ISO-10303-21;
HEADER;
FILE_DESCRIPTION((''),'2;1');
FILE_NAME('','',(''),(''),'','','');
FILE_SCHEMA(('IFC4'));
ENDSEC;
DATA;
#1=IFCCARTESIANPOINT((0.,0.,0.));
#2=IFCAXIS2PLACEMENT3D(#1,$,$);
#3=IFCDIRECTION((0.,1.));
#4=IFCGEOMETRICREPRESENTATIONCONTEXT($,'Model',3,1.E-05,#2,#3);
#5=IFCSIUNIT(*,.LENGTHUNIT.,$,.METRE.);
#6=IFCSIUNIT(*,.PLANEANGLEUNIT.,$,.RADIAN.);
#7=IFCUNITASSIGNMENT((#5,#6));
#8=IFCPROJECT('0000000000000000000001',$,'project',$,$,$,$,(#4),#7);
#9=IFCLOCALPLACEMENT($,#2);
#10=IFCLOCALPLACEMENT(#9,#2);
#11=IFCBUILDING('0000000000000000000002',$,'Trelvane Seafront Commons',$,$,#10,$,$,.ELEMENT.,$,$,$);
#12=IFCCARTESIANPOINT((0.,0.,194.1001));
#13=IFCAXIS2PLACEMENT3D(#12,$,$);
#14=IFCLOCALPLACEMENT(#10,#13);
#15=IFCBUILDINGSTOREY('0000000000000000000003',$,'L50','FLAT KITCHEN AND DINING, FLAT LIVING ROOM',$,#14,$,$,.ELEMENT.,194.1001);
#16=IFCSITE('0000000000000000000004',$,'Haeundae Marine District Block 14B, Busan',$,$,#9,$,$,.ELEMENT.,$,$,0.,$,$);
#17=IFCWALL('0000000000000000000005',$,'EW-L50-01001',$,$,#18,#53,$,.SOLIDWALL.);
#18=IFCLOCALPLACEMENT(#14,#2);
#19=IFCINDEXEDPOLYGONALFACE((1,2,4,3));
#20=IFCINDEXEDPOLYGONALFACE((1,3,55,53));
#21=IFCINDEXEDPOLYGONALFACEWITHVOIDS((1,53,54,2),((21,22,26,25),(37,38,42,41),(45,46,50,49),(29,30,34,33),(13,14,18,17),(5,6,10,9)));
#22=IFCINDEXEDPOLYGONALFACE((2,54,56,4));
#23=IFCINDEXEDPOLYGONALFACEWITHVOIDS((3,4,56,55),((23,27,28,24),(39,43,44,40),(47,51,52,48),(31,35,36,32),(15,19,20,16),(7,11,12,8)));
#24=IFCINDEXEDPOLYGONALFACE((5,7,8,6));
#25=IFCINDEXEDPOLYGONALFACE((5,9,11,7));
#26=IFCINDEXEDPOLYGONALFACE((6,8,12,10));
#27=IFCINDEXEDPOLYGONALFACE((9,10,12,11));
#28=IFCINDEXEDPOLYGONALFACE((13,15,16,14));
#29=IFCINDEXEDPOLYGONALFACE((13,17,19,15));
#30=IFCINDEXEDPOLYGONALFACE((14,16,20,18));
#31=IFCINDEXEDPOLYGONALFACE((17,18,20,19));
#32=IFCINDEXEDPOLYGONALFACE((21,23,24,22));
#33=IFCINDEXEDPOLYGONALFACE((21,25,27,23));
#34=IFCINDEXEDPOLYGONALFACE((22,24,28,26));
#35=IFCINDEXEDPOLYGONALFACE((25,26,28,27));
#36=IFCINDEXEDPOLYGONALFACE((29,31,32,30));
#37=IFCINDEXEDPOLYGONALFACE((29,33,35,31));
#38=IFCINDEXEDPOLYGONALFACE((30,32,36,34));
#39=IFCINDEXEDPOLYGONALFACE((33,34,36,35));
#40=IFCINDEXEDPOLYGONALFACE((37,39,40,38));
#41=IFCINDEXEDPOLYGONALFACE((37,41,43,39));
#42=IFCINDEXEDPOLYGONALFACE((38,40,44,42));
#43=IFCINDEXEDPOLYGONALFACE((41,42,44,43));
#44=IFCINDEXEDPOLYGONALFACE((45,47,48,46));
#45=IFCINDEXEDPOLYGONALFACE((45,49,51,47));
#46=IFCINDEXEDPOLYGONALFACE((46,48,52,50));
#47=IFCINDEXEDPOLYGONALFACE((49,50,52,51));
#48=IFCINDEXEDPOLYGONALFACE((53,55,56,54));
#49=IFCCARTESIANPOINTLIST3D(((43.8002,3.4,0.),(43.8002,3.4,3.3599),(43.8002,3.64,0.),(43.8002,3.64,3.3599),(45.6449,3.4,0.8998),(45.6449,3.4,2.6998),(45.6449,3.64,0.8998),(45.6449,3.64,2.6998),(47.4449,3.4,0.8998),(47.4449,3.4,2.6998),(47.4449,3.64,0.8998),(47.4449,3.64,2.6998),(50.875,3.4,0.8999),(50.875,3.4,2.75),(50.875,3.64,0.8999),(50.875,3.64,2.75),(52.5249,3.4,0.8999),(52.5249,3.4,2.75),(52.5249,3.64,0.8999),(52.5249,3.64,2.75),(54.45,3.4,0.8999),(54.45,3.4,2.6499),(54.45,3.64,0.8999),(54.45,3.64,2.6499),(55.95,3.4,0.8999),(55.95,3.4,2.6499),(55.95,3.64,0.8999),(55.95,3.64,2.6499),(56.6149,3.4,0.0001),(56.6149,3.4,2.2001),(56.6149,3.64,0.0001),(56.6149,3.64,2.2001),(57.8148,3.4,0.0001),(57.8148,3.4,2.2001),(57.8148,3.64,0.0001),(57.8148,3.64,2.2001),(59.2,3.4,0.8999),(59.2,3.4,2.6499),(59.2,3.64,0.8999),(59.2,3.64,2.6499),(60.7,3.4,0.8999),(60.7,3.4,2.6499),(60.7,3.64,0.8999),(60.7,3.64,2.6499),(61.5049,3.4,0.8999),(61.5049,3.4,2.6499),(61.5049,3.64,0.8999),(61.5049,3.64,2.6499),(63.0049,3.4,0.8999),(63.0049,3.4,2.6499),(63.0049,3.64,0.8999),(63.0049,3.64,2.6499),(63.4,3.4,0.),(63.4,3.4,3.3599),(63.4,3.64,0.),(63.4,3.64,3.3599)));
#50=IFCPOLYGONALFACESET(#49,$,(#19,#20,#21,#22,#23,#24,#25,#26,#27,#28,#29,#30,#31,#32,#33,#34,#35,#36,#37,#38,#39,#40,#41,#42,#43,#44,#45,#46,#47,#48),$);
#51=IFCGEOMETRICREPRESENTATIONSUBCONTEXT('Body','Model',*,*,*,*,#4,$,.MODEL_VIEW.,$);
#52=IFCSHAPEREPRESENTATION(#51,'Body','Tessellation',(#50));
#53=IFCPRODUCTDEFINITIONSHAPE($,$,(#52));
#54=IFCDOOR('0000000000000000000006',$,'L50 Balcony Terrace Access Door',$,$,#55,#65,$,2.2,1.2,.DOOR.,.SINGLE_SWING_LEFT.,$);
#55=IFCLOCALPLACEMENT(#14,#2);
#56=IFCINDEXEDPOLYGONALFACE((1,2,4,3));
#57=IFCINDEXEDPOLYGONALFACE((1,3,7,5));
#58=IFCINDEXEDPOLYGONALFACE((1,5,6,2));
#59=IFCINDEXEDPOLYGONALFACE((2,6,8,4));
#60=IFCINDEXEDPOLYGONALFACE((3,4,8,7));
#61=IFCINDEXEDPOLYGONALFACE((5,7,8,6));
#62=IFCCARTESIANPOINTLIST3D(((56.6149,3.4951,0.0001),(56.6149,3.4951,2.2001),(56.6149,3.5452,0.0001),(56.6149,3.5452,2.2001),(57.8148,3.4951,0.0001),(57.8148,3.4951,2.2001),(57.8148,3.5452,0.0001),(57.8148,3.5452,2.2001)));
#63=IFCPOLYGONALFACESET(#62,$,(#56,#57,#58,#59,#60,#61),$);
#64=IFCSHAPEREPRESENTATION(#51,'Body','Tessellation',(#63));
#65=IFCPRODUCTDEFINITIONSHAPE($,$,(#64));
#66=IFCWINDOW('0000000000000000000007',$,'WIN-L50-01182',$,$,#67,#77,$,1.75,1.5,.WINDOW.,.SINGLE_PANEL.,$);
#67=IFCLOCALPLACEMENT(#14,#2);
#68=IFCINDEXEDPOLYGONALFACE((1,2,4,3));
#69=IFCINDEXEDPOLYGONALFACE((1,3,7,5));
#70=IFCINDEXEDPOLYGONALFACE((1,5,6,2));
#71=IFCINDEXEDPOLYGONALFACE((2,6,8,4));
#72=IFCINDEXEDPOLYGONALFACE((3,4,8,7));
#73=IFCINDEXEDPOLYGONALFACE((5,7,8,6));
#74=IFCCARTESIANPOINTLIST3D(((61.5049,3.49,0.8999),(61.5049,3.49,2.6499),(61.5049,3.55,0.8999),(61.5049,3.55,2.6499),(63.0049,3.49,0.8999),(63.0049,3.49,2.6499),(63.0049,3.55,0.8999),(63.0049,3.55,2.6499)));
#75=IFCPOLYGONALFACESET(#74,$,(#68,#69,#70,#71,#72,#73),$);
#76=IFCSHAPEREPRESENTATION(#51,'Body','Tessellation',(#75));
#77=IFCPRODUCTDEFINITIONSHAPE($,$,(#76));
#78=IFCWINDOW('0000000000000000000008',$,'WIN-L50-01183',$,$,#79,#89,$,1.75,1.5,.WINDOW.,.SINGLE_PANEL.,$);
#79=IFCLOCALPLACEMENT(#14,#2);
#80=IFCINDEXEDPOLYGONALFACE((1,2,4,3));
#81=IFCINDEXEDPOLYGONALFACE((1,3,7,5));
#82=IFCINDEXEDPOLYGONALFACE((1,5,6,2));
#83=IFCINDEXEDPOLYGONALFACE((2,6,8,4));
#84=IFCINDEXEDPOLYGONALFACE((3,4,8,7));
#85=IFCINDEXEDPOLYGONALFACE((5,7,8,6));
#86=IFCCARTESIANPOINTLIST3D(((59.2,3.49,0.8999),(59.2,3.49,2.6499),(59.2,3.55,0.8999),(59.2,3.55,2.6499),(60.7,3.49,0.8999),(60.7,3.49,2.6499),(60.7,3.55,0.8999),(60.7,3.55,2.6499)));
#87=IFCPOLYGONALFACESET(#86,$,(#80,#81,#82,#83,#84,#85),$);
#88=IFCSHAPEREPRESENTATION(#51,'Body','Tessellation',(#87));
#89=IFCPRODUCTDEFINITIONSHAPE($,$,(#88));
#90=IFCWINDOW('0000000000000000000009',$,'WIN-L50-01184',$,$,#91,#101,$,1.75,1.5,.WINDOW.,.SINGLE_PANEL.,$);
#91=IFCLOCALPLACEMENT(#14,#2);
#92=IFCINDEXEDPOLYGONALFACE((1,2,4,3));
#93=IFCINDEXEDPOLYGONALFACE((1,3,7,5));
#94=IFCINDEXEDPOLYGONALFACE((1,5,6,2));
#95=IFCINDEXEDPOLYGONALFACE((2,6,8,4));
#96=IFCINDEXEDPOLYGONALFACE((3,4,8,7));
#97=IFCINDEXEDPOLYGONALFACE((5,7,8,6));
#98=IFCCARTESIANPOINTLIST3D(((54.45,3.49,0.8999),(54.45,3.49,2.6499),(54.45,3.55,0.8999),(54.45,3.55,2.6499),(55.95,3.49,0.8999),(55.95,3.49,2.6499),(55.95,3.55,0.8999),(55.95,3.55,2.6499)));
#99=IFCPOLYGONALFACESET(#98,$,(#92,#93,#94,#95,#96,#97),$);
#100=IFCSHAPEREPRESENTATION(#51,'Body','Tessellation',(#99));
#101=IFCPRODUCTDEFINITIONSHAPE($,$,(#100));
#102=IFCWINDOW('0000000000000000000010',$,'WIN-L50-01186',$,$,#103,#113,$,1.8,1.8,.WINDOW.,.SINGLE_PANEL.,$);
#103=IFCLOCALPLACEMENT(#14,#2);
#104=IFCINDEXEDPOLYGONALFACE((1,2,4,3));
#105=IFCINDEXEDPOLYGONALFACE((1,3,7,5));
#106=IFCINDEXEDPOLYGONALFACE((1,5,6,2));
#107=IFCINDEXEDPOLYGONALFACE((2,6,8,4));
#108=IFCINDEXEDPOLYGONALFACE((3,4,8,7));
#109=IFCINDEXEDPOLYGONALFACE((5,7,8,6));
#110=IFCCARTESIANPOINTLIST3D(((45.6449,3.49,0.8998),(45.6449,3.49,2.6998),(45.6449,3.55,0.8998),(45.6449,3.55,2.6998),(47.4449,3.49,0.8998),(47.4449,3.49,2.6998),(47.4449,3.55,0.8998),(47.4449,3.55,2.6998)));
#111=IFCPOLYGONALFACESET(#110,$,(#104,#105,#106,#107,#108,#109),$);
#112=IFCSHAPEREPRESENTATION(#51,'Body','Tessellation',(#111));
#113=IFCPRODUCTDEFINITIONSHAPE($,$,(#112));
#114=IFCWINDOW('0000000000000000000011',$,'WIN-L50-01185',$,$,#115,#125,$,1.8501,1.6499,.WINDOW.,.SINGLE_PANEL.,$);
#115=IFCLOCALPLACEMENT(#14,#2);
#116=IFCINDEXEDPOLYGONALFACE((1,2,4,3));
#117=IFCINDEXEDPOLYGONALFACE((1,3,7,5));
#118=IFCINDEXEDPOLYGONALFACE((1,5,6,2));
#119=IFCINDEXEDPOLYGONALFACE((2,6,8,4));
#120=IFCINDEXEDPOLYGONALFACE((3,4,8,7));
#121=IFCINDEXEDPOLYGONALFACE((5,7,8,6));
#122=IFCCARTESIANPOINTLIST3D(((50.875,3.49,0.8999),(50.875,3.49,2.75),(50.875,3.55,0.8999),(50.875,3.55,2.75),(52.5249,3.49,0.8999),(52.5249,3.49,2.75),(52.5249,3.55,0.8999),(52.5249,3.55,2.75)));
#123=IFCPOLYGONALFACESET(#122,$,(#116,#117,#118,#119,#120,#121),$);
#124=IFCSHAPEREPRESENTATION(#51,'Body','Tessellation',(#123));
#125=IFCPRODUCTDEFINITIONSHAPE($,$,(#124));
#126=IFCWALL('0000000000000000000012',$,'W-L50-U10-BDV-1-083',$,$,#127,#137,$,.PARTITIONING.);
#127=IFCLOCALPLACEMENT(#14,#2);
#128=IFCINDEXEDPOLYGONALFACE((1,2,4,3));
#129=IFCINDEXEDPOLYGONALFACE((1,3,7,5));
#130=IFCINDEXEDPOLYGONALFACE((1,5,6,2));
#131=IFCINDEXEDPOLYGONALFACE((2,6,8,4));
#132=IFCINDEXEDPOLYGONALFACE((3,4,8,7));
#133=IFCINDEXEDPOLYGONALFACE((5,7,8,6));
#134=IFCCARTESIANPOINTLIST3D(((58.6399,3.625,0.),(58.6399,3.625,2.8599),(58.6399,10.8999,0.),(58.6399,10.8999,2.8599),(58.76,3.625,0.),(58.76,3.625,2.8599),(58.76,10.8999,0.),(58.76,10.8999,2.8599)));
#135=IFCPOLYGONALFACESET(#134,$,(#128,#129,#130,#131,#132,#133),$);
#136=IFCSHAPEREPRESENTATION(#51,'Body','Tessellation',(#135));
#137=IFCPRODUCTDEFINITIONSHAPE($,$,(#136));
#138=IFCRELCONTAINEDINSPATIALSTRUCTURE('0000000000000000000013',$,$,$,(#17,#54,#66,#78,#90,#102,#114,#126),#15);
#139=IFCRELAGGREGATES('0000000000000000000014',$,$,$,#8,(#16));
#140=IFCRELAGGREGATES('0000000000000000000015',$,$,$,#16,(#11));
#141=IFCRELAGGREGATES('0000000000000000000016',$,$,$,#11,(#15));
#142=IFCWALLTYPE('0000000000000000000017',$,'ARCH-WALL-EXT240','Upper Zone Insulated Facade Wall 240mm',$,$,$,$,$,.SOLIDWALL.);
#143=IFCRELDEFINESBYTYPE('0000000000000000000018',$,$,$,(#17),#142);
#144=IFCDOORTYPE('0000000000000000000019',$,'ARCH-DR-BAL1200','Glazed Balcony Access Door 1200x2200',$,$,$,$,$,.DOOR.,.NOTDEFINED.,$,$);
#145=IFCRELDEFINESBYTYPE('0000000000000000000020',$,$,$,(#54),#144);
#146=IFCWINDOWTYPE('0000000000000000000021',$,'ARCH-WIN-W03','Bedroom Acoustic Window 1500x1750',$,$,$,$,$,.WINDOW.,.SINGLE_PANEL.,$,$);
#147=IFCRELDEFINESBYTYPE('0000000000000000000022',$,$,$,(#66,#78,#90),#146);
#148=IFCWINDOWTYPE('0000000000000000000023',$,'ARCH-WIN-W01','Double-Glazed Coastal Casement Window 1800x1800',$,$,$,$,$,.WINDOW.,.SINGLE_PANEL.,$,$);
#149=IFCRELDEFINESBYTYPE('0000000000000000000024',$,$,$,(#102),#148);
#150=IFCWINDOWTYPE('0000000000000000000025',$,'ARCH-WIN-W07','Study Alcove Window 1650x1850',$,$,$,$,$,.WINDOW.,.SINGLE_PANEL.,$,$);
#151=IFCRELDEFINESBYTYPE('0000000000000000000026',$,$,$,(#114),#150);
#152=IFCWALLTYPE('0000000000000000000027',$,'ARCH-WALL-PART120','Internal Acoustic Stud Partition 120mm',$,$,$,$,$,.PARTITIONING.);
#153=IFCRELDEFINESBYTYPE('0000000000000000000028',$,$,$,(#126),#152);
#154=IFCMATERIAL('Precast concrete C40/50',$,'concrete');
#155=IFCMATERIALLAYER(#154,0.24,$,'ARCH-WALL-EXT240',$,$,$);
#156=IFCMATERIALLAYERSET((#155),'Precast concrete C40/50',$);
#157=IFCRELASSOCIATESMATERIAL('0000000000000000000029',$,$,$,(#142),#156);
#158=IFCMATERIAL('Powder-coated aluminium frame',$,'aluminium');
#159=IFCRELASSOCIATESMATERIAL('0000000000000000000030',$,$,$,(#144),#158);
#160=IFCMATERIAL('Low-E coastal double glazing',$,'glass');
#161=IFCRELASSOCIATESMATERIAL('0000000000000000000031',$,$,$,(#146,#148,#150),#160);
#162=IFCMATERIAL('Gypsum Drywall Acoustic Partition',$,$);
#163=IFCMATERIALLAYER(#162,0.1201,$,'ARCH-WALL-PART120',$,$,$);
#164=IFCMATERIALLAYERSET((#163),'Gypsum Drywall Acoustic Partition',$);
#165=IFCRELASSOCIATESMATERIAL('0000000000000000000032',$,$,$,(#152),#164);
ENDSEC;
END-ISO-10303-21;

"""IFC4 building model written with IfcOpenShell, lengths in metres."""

from ifc_helpers import new_model, si_unit, direction, frame, frame_2d, origin, place, context, subcontext, project, spatial, rectangle, extrude, source, transform, mapped, material, layer, layer_set, type_object, element, fill, save


model = new_model("IFC4")

# Units and contexts
model_context = context("Model", 3, precision=1e-05, world=origin(), true_north=direction((0.0, 1.0)))
body_context = subcontext(model_context, "Body", "Model", "MODEL_VIEW")
ifc_project = project(units=[si_unit("LENGTHUNIT", "METRE"), si_unit("PLANEANGLEUNIT", "RADIAN")], contexts=[model_context])

# Site, building, storey
site_placement = place(None, origin())
site = spatial("IfcSite", under=ifc_project, at=site_placement, Name="Haeundae Marine District Block 14B, Busan", CompositionType="ELEMENT", RefElevation=0.0)
building_placement = place(site_placement, origin())
building = spatial("IfcBuilding", under=site, at=building_placement, Name="Trelvane Seafront Commons", CompositionType="ELEMENT")
storey_placement = place(building_placement, frame((0.0, 0.0, 194.1001)))
storey = spatial("IfcBuildingStorey", under=building, at=storey_placement, Name="L50", Description="FLAT KITCHEN AND DINING, FLAT LIVING ROOM", CompositionType="ELEMENT", Elevation=194.1001)

# Shared definitions
ifc_material_1 = material(Name="Precast concrete C40/50", Category="concrete")
ifc_layer_1 = layer(ifc_material_1, 0.24, Name="ARCH-WALL-EXT240")
ifc_layer_set_1 = layer_set([ifc_layer_1], Name="Precast concrete C40/50")
wall_type_1 = type_object("IfcWallType", Name="ARCH-WALL-EXT240", Description="Upper Zone Insulated Facade Wall 240mm", PredefinedType="SOLIDWALL", material=ifc_layer_set_1)

# Wall, openings, door, windows
wall_1_placement = place(storey_placement, frame((63.3999, 3.52, 0.0), z_axis=(0.0, 0.0, 1.0), x_axis=(-1.0, 0.0, 0.0)))
wall_1 = element("IfcWall", 1, at=wall_1_placement, inside=storey, type_object=wall_type_1, Name="EW-L50-01001", PredefinedType="SOLIDWALL", context=body_context, shape_type="SweptSolid", body=[
    extrude(rectangle(XDim=19.5999, YDim=0.24, at=frame_2d((9.7998, 0.0))), origin(), (0.0, 0.0, 1.0), 3.3599),
])
opening_1_placement = place(wall_1_placement, frame((0.395, 0.0, 0.8999)))
opening_1 = element("IfcOpeningElement", 2, at=opening_1_placement, cuts=wall_1, PredefinedType="OPENING", context=body_context, shape_type="SweptSolid", body=[
    extrude(rectangle(XDim=1.5, YDim=1.75, at=frame_2d((0.75, 0.875))), frame((0.0, 0.1299, 0.0), z_axis=(0.0, -1.0, 0.0), x_axis=(1.0, 0.0, 0.0)), (0.0, 0.0, 1.0), 0.26),
])
opening_2_placement = place(wall_1_placement, frame((2.7, 0.0, 0.8999)))
opening_2 = element("IfcOpeningElement", 3, at=opening_2_placement, cuts=wall_1, PredefinedType="OPENING", context=body_context, shape_type="SweptSolid", body=[
    extrude(rectangle(XDim=1.5, YDim=1.75, at=frame_2d((0.75, 0.875))), frame((0.0, 0.1299, 0.0), z_axis=(0.0, -1.0, 0.0), x_axis=(1.0, 0.0, 0.0)), (0.0, 0.0, 1.0), 0.26),
])
opening_3_placement = place(wall_1_placement, frame((5.585, 0.0, 0.0)))
opening_3 = element("IfcOpeningElement", 4, at=opening_3_placement, cuts=wall_1, PredefinedType="OPENING", context=body_context, shape_type="SweptSolid", body=[
    extrude(rectangle(XDim=1.2, YDim=2.2, at=frame_2d((0.6001, 1.1001))), frame((0.0, 0.1299, 0.0), z_axis=(0.0, -1.0, 0.0), x_axis=(1.0, 0.0, 0.0)), (0.0, 0.0, 1.0), 0.26),
])
opening_4_placement = place(wall_1_placement, frame((7.45, 0.0, 0.8999)))
opening_4 = element("IfcOpeningElement", 5, at=opening_4_placement, cuts=wall_1, PredefinedType="OPENING", context=body_context, shape_type="SweptSolid", body=[
    extrude(rectangle(XDim=1.5, YDim=1.75, at=frame_2d((0.75, 0.875))), frame((0.0, 0.1299, 0.0), z_axis=(0.0, -1.0, 0.0), x_axis=(1.0, 0.0, 0.0)), (0.0, 0.0, 1.0), 0.26),
])
opening_5_placement = place(wall_1_placement, frame((10.875, 0.0, 0.8999)))
opening_5 = element("IfcOpeningElement", 6, at=opening_5_placement, cuts=wall_1, PredefinedType="OPENING", context=body_context, shape_type="SweptSolid", body=[
    extrude(rectangle(XDim=1.6499, YDim=1.8501, at=frame_2d((0.825, 0.925))), frame((0.0, 0.1299, 0.0), z_axis=(0.0, -1.0, 0.0), x_axis=(1.0, 0.0, 0.0)), (0.0, 0.0, 1.0), 0.26),
])
opening_6_placement = place(wall_1_placement, frame((15.9551, 0.0, 0.8999)))
opening_6 = element("IfcOpeningElement", 7, at=opening_6_placement, cuts=wall_1, PredefinedType="OPENING", context=body_context, shape_type="SweptSolid", body=[
    extrude(rectangle(XDim=1.8, YDim=1.8, at=frame_2d((0.8999, 0.8999))), frame((0.0, 0.1299, 0.0), z_axis=(0.0, -1.0, 0.0), x_axis=(1.0, 0.0, 0.0)), (0.0, 0.0, 1.0), 0.26),
])
ifc_material_2 = material(Name="Powder-coated aluminium frame", Category="aluminium")
door_type_1 = type_object("IfcDoorType", Name="ARCH-DR-BAL1200", Description="Glazed Balcony Access Door 1200x2200", OperationType="NOTDEFINED", PredefinedType="DOOR", material=ifc_material_2)
shared_shape_1 = source(origin(), body_context, "Body", "SweptSolid", [
    extrude(rectangle(XDim=1.2, YDim=2.2, at=frame_2d((0.6001, 1.1001))), frame((0.0, 0.0249, 0.0), z_axis=(0.0, -1.0, 0.0), x_axis=(1.0, 0.0, 0.0)), (0.0, 0.0, 1.0), 0.05),
])
door_1_placement = place(opening_3_placement, origin())
door_1 = element("IfcDoor", 8, at=door_1_placement, inside=storey, type_object=door_type_1, Name="L50 Balcony Terrace Access Door", OperationType="SINGLE_SWING_LEFT", OverallHeight=2.2, OverallWidth=1.2, PredefinedType="DOOR", context=body_context, shape_type="MappedRepresentation", body=[
    mapped(shared_shape_1, transform((0.0, 0.0, 0.0), x_axis=(1.0, 0.0, 0.0), y_axis=(0.0, 1.0, 0.0), z_axis=(0.0, 0.0, 1.0), scale=1.0)),
])
fill(opening_3, door_1)
ifc_material_3 = material(Name="Low-E coastal double glazing", Category="glass")
window_type_1 = type_object("IfcWindowType", Name="ARCH-WIN-W03", Description="Bedroom Acoustic Window 1500x1750", PartitioningType="SINGLE_PANEL", PredefinedType="WINDOW", material=ifc_material_3)
shared_shape_2 = source(origin(), body_context, "Body", "SweptSolid", [
    extrude(rectangle(XDim=1.5, YDim=1.75, at=frame_2d((0.75, 0.875))), frame((0.0, 0.03, 0.0), z_axis=(0.0, -1.0, 0.0), x_axis=(1.0, 0.0, 0.0)), (0.0, 0.0, 1.0), 0.0601),
])
window_1_placement = place(opening_1_placement, origin())
window_1 = element("IfcWindow", 9, at=window_1_placement, inside=storey, type_object=window_type_1, Name="WIN-L50-01182", OverallHeight=1.75, OverallWidth=1.5, PartitioningType="SINGLE_PANEL", PredefinedType="WINDOW", context=body_context, shape_type="MappedRepresentation", body=[
    mapped(shared_shape_2, transform((0.0, 0.0, 0.0), x_axis=(1.0, 0.0, 0.0), y_axis=(0.0, 1.0, 0.0), z_axis=(0.0, 0.0, 1.0), scale=1.0)),
])
fill(opening_1, window_1)
window_2_placement = place(opening_2_placement, origin())
window_2 = element("IfcWindow", 10, at=window_2_placement, inside=storey, type_object=window_type_1, Name="WIN-L50-01183", OverallHeight=1.75, OverallWidth=1.5, PartitioningType="SINGLE_PANEL", PredefinedType="WINDOW", context=body_context, shape_type="MappedRepresentation", body=[
    mapped(shared_shape_2, transform((0.0, 0.0, 0.0), x_axis=(1.0, 0.0, 0.0), y_axis=(0.0, 1.0, 0.0), z_axis=(0.0, 0.0, 1.0), scale=1.0)),
])
fill(opening_2, window_2)
window_3_placement = place(opening_4_placement, origin())
window_3 = element("IfcWindow", 11, at=window_3_placement, inside=storey, type_object=window_type_1, Name="WIN-L50-01184", OverallHeight=1.75, OverallWidth=1.5, PartitioningType="SINGLE_PANEL", PredefinedType="WINDOW", context=body_context, shape_type="MappedRepresentation", body=[
    mapped(shared_shape_2, transform((0.0, 0.0, 0.0), x_axis=(1.0, 0.0, 0.0), y_axis=(0.0, 1.0, 0.0), z_axis=(0.0, 0.0, 1.0), scale=1.0)),
])
fill(opening_4, window_3)
window_type_2 = type_object("IfcWindowType", Name="ARCH-WIN-W01", Description="Double-Glazed Coastal Casement Window 1800x1800", PartitioningType="SINGLE_PANEL", PredefinedType="WINDOW", material=ifc_material_3)
shared_shape_3 = source(origin(), body_context, "Body", "SweptSolid", [
    extrude(rectangle(XDim=1.8, YDim=1.8, at=frame_2d((0.8999, 0.8999))), frame((0.0, 0.03, 0.0), z_axis=(0.0, -1.0, 0.0), x_axis=(1.0, 0.0, 0.0)), (0.0, 0.0, 1.0), 0.0601),
])
window_4_placement = place(opening_6_placement, origin())
window_4 = element("IfcWindow", 12, at=window_4_placement, inside=storey, type_object=window_type_2, Name="WIN-L50-01186", OverallHeight=1.8, OverallWidth=1.8, PartitioningType="SINGLE_PANEL", PredefinedType="WINDOW", context=body_context, shape_type="MappedRepresentation", body=[
    mapped(shared_shape_3, transform((0.0, 0.0, 0.0), x_axis=(1.0, 0.0, 0.0), y_axis=(0.0, 1.0, 0.0), z_axis=(0.0, 0.0, 1.0), scale=1.0)),
])
fill(opening_6, window_4)
window_type_3 = type_object("IfcWindowType", Name="ARCH-WIN-W07", Description="Study Alcove Window 1650x1850", PartitioningType="SINGLE_PANEL", PredefinedType="WINDOW", material=ifc_material_3)
shared_shape_4 = source(origin(), body_context, "Body", "SweptSolid", [
    extrude(rectangle(XDim=1.6499, YDim=1.8501, at=frame_2d((0.825, 0.925))), frame((0.0, 0.03, 0.0), z_axis=(0.0, -1.0, 0.0), x_axis=(1.0, 0.0, 0.0)), (0.0, 0.0, 1.0), 0.0601),
])
window_5_placement = place(opening_5_placement, origin())
window_5 = element("IfcWindow", 13, at=window_5_placement, inside=storey, type_object=window_type_3, Name="WIN-L50-01185", OverallHeight=1.8501, OverallWidth=1.6499, PartitioningType="SINGLE_PANEL", PredefinedType="WINDOW", context=body_context, shape_type="MappedRepresentation", body=[
    mapped(shared_shape_4, transform((0.0, 0.0, 0.0), x_axis=(1.0, 0.0, 0.0), y_axis=(0.0, 1.0, 0.0), z_axis=(0.0, 0.0, 1.0), scale=1.0)),
])
fill(opening_5, window_5)

# Wall
ifc_material_4 = material(Name="Gypsum Drywall Acoustic Partition")
ifc_layer_2 = layer(ifc_material_4, 0.1201, Name="ARCH-WALL-PART120")
ifc_layer_set_2 = layer_set([ifc_layer_2], Name="Gypsum Drywall Acoustic Partition")
wall_type_2 = type_object("IfcWallType", Name="ARCH-WALL-PART120", Description="Internal Acoustic Stud Partition 120mm", PredefinedType="PARTITIONING", material=ifc_layer_set_2)
wall_2_placement = place(storey_placement, frame((58.7, 3.625, 0.0), z_axis=(0.0, 0.0, 1.0), x_axis=(0.0, 1.0, 0.0)))
element("IfcWall", 14, at=wall_2_placement, inside=storey, type_object=wall_type_2, Name="W-L50-U10-BDV-1-083", PredefinedType="PARTITIONING", context=body_context, shape_type="SweptSolid", body=[
    extrude(rectangle(XDim=7.2749, YDim=0.1201, at=frame_2d((3.6375, 0.0))), origin(), (0.0, 0.0, 1.0), 2.8599),
])

save(model, "model.ifc")
